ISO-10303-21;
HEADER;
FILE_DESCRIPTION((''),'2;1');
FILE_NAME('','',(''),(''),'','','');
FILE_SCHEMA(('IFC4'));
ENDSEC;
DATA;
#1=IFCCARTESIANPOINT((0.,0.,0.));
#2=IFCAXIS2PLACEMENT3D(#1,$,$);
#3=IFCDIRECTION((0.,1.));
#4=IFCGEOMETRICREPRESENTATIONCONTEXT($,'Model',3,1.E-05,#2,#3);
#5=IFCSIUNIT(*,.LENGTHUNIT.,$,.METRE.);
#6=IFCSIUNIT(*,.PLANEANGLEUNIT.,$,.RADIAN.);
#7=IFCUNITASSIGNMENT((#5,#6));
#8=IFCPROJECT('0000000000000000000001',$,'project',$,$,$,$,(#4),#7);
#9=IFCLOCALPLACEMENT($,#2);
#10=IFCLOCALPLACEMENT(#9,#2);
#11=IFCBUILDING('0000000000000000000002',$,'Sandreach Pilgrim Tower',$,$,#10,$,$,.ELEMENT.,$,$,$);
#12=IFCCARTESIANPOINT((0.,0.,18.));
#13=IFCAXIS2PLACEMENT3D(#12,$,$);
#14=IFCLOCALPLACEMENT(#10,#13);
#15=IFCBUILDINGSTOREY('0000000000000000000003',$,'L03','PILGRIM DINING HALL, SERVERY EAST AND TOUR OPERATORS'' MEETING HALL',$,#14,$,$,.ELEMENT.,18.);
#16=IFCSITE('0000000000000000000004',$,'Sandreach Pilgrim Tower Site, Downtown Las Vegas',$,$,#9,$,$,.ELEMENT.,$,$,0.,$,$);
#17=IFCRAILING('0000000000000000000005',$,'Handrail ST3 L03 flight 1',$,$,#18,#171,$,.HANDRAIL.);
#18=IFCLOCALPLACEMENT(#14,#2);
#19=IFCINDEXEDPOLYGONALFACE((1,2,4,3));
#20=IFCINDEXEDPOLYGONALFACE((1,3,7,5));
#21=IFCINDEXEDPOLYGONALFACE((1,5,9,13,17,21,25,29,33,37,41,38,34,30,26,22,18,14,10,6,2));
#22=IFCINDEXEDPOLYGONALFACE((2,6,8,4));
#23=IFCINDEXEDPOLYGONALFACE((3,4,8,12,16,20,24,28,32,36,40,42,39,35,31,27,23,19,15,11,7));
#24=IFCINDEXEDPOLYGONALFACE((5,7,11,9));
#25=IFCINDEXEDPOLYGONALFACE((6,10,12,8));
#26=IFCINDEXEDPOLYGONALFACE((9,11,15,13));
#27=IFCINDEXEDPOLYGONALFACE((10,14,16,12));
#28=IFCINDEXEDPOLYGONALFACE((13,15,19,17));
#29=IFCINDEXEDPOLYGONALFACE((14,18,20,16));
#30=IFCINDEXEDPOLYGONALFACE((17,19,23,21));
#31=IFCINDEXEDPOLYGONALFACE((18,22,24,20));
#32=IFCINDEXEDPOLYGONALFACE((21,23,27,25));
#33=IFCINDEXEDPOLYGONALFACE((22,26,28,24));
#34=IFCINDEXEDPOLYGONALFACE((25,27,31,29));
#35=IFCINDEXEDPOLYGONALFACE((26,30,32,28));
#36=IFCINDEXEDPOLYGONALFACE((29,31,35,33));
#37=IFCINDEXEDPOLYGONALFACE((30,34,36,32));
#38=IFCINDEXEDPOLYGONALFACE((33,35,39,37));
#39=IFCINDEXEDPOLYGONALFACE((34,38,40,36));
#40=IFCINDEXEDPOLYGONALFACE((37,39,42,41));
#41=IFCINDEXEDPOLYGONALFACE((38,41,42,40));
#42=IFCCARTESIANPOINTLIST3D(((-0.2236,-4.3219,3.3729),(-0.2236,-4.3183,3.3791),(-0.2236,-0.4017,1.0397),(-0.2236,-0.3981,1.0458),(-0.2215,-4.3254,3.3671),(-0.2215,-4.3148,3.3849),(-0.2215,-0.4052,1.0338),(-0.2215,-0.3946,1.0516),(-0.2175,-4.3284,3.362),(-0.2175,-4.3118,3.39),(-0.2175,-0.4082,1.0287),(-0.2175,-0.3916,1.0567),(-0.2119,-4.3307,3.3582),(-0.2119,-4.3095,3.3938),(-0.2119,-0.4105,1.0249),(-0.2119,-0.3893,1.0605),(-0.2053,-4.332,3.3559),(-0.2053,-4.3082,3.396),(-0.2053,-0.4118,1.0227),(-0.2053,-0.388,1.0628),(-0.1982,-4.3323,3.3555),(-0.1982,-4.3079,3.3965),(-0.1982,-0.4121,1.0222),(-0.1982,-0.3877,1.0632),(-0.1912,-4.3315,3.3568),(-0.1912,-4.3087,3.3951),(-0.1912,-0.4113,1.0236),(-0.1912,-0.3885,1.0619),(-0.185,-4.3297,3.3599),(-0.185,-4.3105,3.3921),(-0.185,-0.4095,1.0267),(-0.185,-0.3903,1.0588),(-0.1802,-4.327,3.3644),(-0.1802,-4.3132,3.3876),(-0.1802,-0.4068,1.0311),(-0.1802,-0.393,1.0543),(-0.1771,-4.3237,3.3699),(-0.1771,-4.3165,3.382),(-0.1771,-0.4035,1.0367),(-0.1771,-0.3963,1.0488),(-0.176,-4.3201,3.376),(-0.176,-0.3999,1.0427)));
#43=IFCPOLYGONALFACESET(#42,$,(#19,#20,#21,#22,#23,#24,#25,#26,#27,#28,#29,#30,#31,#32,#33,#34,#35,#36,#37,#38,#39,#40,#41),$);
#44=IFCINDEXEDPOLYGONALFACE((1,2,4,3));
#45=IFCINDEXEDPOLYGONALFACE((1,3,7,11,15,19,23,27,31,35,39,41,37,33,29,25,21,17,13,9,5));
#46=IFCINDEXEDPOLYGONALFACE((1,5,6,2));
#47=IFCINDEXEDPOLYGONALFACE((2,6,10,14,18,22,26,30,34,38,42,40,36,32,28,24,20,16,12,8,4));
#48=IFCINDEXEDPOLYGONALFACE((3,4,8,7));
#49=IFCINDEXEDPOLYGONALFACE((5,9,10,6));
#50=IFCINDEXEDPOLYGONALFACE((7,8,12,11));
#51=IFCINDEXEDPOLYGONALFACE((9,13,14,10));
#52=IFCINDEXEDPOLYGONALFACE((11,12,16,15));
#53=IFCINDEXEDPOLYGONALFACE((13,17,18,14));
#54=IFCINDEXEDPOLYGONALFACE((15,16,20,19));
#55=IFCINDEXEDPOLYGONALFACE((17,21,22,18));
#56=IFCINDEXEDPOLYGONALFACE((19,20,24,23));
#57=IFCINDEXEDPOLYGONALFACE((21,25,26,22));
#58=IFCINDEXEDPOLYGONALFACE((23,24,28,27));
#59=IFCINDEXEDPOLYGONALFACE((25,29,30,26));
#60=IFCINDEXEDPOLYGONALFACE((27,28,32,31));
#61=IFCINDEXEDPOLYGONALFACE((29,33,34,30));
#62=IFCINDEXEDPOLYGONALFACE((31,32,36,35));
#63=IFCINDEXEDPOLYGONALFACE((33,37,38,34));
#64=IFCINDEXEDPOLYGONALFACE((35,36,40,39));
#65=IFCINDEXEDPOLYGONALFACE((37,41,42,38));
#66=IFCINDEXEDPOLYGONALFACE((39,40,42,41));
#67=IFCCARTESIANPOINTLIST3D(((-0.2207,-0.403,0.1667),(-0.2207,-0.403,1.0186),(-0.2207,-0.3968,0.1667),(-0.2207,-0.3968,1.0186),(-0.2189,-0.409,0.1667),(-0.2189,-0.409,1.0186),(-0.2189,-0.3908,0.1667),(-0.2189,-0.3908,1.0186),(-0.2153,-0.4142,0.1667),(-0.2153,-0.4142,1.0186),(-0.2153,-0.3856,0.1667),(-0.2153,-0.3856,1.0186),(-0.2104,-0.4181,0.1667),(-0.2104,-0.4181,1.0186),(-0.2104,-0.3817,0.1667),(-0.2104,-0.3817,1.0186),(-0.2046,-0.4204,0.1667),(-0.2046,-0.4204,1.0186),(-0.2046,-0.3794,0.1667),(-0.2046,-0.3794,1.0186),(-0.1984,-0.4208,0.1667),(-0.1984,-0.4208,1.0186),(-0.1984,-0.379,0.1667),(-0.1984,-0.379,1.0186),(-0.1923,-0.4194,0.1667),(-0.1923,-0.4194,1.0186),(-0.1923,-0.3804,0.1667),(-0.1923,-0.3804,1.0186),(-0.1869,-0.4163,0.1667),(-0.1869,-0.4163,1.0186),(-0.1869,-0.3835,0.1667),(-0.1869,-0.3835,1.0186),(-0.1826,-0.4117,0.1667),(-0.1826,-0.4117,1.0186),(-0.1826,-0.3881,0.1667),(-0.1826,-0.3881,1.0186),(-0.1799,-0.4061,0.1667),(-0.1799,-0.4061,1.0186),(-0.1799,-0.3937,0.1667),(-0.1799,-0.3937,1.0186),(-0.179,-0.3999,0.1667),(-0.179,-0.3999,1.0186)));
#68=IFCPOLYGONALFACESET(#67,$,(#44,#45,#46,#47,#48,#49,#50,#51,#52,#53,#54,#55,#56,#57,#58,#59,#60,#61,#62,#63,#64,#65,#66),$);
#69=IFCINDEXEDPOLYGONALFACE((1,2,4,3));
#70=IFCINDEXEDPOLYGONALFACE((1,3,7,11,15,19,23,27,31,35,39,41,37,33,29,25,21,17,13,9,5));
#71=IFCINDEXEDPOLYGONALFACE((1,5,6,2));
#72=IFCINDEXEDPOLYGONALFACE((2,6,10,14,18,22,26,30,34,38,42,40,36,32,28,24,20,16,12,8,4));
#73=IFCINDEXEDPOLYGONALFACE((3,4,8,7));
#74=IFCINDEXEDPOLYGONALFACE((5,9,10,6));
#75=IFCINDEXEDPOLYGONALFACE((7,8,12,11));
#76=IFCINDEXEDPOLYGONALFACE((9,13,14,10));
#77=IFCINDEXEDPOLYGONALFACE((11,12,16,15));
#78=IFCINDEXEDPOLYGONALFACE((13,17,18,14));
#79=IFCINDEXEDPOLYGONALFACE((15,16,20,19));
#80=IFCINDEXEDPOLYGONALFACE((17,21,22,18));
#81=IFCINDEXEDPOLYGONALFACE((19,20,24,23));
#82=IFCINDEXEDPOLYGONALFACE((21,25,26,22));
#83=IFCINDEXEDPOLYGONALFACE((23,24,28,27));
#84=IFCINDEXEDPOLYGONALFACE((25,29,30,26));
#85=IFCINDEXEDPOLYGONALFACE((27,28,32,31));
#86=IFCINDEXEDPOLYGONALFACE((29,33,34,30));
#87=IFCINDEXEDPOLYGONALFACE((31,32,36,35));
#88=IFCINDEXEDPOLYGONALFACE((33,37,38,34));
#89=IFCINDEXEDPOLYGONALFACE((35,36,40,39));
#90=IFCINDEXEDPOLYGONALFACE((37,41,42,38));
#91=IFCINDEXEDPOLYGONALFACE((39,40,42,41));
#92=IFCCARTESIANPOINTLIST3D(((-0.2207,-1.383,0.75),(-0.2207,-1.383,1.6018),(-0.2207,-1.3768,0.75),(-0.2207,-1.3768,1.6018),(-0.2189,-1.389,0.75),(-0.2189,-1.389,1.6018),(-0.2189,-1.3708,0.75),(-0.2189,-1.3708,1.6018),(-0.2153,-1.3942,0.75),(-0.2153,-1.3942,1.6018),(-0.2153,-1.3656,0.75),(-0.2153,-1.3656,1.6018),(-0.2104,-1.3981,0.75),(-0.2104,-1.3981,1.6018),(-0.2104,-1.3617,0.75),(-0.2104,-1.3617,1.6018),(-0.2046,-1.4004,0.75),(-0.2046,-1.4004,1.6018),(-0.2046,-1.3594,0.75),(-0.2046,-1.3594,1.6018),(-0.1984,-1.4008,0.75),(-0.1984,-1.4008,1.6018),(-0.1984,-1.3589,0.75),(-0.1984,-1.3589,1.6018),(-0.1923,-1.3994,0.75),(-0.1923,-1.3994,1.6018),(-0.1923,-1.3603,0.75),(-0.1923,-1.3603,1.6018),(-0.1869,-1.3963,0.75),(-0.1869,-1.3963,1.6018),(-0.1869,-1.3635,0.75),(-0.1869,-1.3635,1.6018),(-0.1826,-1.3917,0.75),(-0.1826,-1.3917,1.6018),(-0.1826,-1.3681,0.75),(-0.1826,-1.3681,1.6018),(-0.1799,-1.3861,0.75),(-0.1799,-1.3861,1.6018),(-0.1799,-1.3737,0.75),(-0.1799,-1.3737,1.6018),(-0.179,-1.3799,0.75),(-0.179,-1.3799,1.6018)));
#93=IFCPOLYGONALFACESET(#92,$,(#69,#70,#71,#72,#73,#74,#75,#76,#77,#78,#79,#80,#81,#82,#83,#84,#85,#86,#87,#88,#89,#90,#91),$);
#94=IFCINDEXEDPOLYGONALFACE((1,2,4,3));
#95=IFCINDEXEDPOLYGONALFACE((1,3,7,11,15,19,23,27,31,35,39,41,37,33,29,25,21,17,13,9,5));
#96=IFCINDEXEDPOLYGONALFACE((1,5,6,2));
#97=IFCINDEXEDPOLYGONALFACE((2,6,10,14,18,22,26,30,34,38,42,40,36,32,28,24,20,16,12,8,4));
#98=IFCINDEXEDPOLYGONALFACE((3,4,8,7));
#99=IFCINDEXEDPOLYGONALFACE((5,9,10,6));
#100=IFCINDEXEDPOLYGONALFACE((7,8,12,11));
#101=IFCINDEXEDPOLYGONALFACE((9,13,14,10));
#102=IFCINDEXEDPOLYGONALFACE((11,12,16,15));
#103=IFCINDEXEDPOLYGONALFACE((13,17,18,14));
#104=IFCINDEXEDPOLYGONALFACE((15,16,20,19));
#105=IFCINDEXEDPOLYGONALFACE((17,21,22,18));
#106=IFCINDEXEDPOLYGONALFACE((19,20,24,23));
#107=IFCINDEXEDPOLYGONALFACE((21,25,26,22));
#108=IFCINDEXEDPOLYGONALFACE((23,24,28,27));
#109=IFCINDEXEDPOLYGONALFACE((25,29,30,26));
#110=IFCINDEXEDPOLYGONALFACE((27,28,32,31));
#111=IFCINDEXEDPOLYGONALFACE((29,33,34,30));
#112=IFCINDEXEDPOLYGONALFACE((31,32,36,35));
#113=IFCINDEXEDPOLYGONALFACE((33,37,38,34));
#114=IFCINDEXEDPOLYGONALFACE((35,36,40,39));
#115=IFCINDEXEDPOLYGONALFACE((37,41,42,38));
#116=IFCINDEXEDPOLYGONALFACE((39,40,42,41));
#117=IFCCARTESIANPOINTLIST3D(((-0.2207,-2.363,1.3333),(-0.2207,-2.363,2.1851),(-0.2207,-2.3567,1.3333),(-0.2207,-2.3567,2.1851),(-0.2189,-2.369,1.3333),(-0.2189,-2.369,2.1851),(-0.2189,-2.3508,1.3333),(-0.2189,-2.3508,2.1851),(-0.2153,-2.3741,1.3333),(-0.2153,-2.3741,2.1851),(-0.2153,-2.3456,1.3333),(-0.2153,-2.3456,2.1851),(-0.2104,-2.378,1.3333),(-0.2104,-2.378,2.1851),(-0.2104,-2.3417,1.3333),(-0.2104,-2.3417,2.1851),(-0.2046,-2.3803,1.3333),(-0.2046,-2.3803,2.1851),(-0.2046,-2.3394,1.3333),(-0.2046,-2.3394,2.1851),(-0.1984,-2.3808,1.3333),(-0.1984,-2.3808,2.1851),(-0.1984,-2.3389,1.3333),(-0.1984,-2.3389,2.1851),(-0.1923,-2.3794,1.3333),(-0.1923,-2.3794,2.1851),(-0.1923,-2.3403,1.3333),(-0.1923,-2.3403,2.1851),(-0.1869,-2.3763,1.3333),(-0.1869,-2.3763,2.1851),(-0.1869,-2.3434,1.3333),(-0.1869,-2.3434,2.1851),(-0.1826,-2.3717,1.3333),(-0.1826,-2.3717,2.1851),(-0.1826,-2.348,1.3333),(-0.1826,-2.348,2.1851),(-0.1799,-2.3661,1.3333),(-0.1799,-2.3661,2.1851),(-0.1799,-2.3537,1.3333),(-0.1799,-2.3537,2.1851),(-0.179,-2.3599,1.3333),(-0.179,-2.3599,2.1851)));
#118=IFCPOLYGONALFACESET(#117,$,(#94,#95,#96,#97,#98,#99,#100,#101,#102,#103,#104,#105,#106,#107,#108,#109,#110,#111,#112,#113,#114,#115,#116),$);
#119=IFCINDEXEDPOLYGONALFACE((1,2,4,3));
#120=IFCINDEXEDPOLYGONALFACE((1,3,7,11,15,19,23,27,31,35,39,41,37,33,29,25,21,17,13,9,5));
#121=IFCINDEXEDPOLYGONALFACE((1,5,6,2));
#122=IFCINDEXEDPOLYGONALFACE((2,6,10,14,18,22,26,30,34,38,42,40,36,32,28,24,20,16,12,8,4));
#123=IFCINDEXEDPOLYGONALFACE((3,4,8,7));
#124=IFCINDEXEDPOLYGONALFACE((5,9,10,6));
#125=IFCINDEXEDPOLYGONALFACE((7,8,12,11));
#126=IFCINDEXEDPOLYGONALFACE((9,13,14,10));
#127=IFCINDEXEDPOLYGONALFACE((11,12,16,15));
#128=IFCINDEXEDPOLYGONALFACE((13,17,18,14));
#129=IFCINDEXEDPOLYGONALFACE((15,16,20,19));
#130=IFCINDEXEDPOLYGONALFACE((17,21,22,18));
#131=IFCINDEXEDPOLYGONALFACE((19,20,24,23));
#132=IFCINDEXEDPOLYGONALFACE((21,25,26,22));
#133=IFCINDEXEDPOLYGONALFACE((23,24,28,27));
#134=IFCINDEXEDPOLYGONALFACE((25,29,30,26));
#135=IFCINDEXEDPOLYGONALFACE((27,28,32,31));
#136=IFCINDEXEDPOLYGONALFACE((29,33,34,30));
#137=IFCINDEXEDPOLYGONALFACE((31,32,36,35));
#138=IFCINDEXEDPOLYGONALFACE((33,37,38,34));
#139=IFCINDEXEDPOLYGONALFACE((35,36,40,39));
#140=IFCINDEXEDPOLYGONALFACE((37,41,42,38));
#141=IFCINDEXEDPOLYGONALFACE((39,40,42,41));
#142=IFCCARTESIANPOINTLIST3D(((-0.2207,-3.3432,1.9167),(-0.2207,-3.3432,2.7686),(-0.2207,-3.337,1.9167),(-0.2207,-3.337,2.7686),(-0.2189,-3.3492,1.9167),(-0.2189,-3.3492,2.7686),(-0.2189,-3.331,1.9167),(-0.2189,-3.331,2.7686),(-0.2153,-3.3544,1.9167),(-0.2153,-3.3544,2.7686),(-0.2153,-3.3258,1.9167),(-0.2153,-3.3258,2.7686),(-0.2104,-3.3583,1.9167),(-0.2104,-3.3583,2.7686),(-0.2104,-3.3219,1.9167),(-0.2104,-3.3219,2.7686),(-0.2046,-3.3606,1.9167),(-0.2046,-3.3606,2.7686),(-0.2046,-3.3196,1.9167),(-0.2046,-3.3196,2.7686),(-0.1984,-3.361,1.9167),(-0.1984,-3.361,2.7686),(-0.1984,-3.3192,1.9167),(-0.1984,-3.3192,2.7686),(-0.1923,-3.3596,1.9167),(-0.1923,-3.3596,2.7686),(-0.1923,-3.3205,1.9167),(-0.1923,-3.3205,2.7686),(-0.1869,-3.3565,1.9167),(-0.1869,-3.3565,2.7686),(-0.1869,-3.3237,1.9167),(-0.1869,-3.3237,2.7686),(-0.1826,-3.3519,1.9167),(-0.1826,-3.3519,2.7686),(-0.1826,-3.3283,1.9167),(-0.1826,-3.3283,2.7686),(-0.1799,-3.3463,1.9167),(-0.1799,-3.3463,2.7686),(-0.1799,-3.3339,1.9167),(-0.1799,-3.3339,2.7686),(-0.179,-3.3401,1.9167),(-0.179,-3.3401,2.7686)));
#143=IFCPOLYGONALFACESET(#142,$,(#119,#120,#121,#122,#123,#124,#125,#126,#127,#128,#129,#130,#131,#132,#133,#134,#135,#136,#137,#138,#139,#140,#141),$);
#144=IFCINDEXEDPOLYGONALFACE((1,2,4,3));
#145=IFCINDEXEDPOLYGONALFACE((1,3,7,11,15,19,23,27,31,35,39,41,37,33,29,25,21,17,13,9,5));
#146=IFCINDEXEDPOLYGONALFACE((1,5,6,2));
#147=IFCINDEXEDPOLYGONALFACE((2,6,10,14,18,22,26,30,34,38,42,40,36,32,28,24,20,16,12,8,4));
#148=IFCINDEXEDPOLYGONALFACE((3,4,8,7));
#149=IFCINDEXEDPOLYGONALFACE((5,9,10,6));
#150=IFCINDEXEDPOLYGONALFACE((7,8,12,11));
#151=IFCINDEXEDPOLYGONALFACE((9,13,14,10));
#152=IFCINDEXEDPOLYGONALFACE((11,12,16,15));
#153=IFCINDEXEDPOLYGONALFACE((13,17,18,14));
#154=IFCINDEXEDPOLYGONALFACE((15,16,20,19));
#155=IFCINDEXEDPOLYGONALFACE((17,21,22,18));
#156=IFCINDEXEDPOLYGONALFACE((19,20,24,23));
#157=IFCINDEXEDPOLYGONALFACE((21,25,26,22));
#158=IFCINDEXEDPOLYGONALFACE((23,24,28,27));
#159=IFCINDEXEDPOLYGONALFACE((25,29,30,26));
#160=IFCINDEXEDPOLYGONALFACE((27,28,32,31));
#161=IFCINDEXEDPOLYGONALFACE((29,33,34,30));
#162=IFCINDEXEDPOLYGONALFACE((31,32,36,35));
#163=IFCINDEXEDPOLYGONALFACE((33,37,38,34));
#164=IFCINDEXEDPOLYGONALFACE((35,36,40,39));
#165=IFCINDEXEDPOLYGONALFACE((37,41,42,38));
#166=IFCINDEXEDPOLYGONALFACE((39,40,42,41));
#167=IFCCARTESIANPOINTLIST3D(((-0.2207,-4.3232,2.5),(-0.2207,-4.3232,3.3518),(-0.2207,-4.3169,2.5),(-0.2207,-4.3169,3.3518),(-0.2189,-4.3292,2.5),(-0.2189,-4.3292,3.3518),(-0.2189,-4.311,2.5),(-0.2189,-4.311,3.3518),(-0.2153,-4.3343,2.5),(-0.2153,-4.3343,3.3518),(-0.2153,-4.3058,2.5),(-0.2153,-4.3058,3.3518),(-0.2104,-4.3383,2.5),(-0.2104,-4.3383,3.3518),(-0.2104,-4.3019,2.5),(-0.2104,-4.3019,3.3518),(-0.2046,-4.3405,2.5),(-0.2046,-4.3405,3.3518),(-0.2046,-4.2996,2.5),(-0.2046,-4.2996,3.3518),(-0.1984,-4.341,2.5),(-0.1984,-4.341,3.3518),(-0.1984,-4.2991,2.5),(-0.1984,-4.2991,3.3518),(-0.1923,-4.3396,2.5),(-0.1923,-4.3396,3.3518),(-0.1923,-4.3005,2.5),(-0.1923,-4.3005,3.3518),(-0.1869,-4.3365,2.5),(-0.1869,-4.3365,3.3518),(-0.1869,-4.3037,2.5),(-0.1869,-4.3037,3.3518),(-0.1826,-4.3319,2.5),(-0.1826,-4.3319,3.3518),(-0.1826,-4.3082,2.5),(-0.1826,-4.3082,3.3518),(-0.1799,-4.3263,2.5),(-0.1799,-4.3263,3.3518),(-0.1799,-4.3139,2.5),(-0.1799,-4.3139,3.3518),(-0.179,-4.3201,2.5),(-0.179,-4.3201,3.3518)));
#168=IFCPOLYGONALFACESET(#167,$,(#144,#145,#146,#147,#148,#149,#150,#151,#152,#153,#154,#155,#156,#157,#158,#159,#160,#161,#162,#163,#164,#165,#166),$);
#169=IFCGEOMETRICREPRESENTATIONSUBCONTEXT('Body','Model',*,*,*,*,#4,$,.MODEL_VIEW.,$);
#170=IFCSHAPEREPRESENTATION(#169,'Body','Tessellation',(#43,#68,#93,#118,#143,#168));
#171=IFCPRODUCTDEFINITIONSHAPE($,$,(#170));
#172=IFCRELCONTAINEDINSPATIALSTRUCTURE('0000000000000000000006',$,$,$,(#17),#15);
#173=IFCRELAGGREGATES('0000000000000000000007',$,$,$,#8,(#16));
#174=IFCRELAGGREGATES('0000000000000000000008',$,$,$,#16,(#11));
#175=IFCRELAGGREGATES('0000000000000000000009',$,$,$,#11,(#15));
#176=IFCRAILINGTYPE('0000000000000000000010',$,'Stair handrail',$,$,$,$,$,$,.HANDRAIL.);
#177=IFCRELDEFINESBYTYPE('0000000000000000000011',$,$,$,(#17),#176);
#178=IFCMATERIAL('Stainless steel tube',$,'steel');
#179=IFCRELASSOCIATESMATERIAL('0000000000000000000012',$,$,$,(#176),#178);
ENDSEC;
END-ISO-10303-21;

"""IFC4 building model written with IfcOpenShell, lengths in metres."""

from ifc_helpers import new_model, si_unit, direction, frame, origin, origin_2d, place, context, subcontext, project, spatial, circle, extrude, material, type_object, element, save


model = new_model("IFC4")

# Units and contexts
model_context = context("Model", 3, precision=1e-05, world=origin(), true_north=direction((0.0, 1.0)))
body_context = subcontext(model_context, "Body", "Model", "MODEL_VIEW")
ifc_project = project(units=[si_unit("LENGTHUNIT", "METRE"), si_unit("PLANEANGLEUNIT", "RADIAN")], contexts=[model_context])

# Site, building, storey
site_placement = place(None, origin())
site = spatial("IfcSite", under=ifc_project, at=site_placement, Name="Sandreach Pilgrim Tower Site, Downtown Las Vegas", CompositionType="ELEMENT", RefElevation=0.0)
building_placement = place(site_placement, origin())
building = spatial("IfcBuilding", under=site, at=building_placement, Name="Sandreach Pilgrim Tower", CompositionType="ELEMENT")
storey_placement = place(building_placement, frame((0.0, 0.0, 18.0)))
storey = spatial("IfcBuildingStorey", under=building, at=storey_placement, Name="L03", Description="PILGRIM DINING HALL, SERVERY EAST AND TOUR OPERATORS' MEETING HALL", CompositionType="ELEMENT", Elevation=18.0)

# Railing
ifc_material_1 = material(Name="Stainless steel tube", Category="steel")
railing_type = type_object("IfcRailingType", Name="Stair handrail", PredefinedType="HANDRAIL", material=ifc_material_1)
for number, where, name in (
    (1, (-0.2, -0.3999, 0.1667), "Handrail ST3 L03 flight 1"),
):
    element("IfcRailing", number, at=place(storey_placement, frame(where)), inside=storey, type_object=railing_type, Name=name, PredefinedType="HANDRAIL", context=body_context, shape_type="SweptSolid", body=[
        extrude(circle(Radius=0.0239, at=origin_2d()), frame((0.0, 0.0, 0.876), z_axis=(0.0, -0.85931, 0.511455), x_axis=(1.0, 0.0, 0.0)), (0.0, 0.0, 1.0), 4.562),
        extrude(circle(Radius=0.021, at=origin_2d()), origin(), (0.0, 0.0, 1.0), 0.8518),
        extrude(circle(Radius=0.021, at=origin_2d()), frame((0.0, -0.98, 0.5833)), (0.0, 0.0, 1.0), 0.8518),
        extrude(circle(Radius=0.021, at=origin_2d()), frame((0.0, -1.96, 1.1665)), (0.0, 0.0, 1.0), 0.8518),
        extrude(circle(Radius=0.021, at=origin_2d()), frame((0.0, -2.9402, 1.75)), (0.0, 0.0, 1.0), 0.8518),
        extrude(circle(Radius=0.021, at=origin_2d()), frame((0.0, -3.9202, 2.3333)), (0.0, 0.0, 1.0), 0.8518),
    ])

save(model, "model.ifc")
